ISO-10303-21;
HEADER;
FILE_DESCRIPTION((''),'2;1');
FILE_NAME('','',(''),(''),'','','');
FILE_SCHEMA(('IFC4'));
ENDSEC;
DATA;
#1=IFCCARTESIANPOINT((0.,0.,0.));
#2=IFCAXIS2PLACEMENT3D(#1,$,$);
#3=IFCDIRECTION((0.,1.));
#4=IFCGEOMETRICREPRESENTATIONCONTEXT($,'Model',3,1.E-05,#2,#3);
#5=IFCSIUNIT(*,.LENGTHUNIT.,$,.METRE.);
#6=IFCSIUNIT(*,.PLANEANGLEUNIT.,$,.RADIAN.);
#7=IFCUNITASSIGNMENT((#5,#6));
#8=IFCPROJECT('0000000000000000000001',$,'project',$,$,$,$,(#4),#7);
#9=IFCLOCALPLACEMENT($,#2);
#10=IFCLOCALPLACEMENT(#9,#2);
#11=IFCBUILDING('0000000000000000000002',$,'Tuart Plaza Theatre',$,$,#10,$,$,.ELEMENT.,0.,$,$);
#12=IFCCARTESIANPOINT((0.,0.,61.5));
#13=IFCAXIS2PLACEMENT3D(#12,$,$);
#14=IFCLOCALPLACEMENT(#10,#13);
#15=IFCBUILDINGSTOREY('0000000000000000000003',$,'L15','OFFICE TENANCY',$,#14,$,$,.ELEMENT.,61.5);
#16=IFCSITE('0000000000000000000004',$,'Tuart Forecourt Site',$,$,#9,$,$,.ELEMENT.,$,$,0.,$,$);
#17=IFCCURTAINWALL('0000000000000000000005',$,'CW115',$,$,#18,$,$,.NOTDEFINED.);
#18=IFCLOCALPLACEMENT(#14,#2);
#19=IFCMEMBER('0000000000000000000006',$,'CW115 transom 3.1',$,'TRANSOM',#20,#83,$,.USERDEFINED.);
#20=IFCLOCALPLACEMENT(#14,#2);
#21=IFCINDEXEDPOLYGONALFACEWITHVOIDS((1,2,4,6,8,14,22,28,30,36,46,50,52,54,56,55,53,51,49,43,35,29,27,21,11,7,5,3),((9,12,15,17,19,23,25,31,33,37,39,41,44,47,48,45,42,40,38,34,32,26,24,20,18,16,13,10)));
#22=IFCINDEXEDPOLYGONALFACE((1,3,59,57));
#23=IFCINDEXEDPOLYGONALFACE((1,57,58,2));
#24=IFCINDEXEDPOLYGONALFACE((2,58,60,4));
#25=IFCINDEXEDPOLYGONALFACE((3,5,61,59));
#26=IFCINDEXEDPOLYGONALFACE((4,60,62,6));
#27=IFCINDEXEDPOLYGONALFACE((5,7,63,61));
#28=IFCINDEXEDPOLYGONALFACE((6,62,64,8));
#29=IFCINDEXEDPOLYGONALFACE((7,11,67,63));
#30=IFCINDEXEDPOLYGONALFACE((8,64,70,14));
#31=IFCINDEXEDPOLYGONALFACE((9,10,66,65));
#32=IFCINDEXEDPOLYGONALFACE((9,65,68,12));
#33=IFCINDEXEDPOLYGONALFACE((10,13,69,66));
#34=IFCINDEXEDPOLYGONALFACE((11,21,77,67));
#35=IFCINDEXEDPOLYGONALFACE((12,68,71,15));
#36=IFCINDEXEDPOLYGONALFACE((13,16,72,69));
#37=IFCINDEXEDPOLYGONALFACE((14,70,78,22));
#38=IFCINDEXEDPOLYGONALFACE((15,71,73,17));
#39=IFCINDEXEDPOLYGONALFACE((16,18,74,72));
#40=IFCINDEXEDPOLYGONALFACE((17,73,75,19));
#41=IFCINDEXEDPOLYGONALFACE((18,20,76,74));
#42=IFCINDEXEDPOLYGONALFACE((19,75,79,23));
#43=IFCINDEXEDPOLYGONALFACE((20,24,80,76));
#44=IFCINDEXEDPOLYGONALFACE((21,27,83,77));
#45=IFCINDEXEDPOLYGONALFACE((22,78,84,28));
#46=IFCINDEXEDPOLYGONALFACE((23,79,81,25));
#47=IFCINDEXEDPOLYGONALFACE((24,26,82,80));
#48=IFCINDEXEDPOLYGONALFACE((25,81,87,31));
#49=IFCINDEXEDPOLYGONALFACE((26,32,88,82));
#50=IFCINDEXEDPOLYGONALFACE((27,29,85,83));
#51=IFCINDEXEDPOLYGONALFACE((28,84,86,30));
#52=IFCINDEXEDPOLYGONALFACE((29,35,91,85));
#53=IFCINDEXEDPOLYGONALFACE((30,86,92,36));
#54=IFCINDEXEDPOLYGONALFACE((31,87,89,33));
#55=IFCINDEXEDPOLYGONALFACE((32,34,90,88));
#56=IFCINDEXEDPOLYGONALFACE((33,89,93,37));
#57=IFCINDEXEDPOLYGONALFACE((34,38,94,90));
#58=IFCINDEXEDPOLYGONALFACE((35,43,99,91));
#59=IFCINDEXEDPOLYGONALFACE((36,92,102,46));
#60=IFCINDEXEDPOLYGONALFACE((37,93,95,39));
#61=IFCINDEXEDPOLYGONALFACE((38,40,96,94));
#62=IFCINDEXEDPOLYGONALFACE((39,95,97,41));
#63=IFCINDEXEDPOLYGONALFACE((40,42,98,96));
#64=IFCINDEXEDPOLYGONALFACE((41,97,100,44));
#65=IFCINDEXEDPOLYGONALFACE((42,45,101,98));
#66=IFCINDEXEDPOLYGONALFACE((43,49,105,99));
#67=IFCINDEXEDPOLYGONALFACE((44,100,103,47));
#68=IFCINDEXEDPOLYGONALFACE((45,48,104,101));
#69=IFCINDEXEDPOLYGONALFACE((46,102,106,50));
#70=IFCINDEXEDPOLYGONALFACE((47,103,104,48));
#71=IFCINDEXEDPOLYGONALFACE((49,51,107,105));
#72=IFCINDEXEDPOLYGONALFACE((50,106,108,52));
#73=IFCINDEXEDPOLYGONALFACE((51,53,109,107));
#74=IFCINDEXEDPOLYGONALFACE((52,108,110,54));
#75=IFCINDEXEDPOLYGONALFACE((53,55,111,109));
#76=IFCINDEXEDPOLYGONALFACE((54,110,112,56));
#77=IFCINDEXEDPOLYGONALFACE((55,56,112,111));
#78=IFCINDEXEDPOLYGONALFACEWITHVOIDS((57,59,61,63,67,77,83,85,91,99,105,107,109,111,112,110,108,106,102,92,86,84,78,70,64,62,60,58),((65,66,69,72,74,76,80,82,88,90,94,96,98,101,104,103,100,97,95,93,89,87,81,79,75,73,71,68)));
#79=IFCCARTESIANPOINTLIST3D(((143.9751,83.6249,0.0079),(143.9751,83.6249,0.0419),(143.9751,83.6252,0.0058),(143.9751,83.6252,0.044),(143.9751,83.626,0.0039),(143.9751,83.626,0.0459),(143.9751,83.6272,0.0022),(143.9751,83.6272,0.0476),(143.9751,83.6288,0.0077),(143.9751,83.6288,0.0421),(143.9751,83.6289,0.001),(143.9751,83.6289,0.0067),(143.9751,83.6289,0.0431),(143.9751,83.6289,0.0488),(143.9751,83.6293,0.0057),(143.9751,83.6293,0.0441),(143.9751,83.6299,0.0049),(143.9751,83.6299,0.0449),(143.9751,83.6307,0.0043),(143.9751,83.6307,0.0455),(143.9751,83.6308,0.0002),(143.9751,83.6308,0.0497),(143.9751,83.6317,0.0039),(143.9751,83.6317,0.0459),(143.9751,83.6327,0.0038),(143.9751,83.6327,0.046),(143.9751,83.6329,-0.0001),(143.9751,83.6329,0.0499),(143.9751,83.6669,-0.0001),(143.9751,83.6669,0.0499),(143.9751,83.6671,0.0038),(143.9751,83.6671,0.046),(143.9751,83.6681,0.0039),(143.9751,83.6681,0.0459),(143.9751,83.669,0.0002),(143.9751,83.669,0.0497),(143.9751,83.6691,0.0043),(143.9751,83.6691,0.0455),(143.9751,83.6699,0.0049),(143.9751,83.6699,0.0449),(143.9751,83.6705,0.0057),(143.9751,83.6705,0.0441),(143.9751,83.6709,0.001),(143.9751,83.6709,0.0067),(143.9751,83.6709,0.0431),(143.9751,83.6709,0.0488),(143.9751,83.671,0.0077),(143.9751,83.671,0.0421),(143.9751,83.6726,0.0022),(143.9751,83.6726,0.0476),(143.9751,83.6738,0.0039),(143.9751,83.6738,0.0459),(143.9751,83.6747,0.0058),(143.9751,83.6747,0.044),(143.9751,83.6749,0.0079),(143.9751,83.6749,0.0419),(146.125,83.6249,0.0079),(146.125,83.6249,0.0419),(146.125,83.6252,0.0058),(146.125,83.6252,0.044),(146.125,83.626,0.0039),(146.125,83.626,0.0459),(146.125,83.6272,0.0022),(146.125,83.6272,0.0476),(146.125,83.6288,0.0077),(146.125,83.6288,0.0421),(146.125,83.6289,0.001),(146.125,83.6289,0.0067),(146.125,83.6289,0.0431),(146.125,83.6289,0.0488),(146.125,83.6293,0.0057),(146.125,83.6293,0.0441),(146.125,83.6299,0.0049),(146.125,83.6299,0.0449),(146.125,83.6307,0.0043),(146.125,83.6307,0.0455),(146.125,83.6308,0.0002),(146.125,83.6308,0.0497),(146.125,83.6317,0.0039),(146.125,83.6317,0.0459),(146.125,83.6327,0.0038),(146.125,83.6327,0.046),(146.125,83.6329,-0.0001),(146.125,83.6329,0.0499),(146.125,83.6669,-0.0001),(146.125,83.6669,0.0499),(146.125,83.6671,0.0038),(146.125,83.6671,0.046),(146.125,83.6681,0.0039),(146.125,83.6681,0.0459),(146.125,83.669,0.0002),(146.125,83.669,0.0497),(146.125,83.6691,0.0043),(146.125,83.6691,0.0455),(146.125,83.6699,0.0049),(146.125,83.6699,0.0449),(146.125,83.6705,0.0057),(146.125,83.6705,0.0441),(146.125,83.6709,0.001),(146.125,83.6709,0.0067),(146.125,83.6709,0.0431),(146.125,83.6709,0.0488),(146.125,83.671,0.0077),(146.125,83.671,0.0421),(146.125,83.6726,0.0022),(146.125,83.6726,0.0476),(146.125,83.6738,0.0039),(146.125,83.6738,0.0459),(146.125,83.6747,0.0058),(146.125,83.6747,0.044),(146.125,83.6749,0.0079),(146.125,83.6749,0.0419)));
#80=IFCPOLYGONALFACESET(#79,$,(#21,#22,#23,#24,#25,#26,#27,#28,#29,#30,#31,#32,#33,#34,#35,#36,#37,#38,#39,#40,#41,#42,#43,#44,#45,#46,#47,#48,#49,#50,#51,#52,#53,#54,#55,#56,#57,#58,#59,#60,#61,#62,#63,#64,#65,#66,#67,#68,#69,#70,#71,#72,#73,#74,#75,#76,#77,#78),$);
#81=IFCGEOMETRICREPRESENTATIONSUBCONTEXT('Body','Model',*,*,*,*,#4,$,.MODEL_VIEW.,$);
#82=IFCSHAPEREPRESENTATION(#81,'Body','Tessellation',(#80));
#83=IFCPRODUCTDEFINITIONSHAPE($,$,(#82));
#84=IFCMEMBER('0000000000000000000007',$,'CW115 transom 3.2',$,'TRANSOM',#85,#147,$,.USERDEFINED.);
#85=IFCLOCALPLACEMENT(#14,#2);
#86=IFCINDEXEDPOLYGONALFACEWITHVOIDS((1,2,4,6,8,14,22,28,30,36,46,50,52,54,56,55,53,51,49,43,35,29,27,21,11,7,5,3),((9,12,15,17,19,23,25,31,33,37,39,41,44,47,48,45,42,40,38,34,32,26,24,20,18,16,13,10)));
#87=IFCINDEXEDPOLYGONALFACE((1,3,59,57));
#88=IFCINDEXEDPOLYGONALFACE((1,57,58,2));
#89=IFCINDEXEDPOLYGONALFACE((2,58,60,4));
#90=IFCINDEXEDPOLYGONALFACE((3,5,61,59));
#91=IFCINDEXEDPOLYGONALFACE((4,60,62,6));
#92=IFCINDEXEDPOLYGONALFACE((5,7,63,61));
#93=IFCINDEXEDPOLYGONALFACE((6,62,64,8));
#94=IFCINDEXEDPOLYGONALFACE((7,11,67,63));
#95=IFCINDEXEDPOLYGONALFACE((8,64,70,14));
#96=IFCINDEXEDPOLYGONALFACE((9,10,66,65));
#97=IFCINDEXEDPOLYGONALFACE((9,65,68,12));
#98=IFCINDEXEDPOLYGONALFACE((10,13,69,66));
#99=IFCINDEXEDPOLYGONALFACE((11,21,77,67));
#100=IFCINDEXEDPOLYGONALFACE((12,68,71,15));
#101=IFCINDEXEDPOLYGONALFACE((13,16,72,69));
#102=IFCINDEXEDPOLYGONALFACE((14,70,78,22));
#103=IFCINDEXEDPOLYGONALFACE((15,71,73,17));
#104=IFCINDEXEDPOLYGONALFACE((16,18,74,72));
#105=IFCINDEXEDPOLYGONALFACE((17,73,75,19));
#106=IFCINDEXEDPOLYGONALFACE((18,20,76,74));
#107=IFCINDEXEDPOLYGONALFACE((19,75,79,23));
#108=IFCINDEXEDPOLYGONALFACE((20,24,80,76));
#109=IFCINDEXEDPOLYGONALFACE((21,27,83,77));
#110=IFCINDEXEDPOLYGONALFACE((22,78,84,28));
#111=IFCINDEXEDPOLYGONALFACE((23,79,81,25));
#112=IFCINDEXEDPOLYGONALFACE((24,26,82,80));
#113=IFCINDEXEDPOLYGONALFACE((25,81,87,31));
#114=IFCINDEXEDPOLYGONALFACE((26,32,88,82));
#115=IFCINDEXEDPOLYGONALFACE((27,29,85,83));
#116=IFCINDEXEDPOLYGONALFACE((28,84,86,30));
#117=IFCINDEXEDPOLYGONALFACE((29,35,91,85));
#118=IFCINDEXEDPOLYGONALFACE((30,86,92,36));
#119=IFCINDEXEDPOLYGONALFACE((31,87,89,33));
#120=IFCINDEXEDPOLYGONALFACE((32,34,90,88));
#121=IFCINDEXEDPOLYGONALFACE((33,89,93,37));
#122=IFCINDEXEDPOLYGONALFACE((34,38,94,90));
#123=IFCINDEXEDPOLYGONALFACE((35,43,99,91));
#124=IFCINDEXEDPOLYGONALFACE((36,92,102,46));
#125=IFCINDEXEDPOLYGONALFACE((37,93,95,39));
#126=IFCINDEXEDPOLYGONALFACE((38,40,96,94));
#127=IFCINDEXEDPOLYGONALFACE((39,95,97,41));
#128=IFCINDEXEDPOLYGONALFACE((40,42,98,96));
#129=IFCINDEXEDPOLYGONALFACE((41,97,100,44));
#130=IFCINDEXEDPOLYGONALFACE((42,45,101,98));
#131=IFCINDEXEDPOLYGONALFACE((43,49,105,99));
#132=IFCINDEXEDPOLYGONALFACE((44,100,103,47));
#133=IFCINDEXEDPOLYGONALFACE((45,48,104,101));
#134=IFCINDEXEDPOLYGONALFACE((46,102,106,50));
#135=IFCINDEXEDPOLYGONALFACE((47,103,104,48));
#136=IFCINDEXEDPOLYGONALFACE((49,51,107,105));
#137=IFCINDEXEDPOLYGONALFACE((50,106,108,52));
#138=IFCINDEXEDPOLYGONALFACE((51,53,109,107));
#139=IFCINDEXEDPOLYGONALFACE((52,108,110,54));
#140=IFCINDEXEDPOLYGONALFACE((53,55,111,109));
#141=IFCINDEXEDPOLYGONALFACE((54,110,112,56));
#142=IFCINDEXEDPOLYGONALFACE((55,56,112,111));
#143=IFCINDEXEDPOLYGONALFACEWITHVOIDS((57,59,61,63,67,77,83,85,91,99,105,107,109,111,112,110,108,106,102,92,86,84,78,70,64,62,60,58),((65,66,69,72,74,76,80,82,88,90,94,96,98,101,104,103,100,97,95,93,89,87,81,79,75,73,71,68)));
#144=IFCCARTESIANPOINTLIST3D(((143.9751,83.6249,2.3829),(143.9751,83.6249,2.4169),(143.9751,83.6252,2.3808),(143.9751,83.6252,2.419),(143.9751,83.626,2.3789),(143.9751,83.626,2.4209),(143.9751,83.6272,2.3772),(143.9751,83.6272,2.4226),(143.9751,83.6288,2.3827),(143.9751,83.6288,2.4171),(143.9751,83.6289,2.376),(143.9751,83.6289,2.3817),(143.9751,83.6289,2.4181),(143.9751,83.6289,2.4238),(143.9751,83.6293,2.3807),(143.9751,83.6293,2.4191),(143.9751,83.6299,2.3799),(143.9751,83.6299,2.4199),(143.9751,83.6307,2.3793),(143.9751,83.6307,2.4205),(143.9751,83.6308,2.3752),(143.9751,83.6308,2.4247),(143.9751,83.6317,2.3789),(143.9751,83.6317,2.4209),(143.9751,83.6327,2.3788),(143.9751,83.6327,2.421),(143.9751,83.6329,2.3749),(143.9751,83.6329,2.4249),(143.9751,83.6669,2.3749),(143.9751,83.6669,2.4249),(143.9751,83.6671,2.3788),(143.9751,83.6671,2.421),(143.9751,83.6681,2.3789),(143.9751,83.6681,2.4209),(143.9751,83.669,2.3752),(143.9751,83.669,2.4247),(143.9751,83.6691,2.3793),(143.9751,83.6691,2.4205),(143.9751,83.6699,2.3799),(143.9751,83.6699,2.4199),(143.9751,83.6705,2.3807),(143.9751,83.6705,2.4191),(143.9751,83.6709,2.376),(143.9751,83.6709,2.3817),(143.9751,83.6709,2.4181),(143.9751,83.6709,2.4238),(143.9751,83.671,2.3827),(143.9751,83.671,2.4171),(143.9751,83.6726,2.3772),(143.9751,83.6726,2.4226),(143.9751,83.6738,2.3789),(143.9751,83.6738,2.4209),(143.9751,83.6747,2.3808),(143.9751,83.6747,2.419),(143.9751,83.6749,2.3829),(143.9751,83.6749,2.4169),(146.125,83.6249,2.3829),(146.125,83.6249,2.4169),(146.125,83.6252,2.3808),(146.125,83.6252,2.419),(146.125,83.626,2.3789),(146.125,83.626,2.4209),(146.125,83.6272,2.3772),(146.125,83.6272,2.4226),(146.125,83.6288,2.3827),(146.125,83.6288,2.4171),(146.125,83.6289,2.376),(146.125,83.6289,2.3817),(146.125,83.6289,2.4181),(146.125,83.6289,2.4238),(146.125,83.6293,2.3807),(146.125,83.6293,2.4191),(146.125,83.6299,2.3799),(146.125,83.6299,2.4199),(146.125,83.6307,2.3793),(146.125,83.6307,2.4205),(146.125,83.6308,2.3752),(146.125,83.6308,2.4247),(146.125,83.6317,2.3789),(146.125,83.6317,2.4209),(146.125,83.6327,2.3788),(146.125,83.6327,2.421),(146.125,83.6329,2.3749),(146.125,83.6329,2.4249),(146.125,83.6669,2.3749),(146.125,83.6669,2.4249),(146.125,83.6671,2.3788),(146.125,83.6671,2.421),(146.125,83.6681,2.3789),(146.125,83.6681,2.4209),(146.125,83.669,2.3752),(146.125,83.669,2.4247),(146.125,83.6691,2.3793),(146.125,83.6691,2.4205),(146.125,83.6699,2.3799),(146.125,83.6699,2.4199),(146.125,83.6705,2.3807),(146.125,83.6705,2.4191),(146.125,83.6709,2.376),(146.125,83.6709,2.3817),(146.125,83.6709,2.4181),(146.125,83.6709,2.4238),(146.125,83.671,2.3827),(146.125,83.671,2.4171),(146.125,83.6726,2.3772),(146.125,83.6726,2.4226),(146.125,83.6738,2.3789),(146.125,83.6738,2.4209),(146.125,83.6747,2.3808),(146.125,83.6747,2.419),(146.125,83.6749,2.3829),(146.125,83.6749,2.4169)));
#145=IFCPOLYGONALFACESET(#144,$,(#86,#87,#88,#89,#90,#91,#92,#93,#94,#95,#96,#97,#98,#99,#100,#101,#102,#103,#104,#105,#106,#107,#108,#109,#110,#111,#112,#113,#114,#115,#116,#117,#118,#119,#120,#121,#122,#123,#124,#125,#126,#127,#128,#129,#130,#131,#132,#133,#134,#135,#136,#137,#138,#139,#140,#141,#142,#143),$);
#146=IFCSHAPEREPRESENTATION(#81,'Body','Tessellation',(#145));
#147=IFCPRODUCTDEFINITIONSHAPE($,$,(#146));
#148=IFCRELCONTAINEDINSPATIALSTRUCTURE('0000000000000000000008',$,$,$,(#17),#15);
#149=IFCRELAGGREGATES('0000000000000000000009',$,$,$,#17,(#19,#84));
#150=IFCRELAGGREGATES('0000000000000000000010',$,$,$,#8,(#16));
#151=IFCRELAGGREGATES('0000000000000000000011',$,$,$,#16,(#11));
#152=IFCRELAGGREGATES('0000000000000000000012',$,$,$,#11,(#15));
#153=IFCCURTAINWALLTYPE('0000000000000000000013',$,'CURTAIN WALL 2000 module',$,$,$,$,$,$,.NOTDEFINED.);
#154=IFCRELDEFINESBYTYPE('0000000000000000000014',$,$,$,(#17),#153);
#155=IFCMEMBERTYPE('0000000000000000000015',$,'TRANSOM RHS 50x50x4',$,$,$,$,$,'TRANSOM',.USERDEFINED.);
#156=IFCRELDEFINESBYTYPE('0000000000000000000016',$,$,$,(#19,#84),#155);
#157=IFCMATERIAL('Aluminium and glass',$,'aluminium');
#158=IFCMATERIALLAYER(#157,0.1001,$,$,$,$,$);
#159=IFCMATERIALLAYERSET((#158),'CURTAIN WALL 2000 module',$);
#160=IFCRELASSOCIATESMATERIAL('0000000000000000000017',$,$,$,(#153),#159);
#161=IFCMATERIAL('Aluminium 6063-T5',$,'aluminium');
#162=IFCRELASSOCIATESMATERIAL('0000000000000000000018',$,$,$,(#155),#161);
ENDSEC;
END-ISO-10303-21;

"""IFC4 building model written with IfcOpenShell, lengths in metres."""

from ifc_helpers import new_model, si_unit, direction, frame, origin, origin_2d, place, context, subcontext, project, spatial, hollow_rectangle, extrude, material, layer, layer_set, material_profile, profile_set, type_object, element, aggregate, save


model = new_model("IFC4")

# Units and contexts
model_context = context("Model", 3, precision=1e-05, world=origin(), true_north=direction((0.0, 1.0)))
body_context = subcontext(model_context, "Body", "Model", "MODEL_VIEW")
ifc_project = project(units=[si_unit("LENGTHUNIT", "METRE"), si_unit("PLANEANGLEUNIT", "RADIAN")], contexts=[model_context])

# Site, building, storey
site_placement = place(None, origin())
site = spatial("IfcSite", under=ifc_project, at=site_placement, Name="Tuart Forecourt Site", CompositionType="ELEMENT", RefElevation=0.0)
building_placement = place(site_placement, origin())
building = spatial("IfcBuilding", under=site, at=building_placement, Name="Tuart Plaza Theatre", CompositionType="ELEMENT", ElevationOfRefHeight=0.0)
storey_placement = place(building_placement, frame((0.0, 0.0, 61.5)))
storey = spatial("IfcBuildingStorey", under=building, at=storey_placement, Name="L15", Description="OFFICE TENANCY", CompositionType="ELEMENT", Elevation=61.5)

# Curtain wall
ifc_material_1 = material(Name="Aluminium and glass", Category="aluminium")
ifc_layer_1 = layer(ifc_material_1, 0.1001)
ifc_layer_set_1 = layer_set([ifc_layer_1], Name="CURTAIN WALL 2000 module")
curtain_wall_type = type_object("IfcCurtainWallType", Name="CURTAIN WALL 2000 module", PredefinedType="NOTDEFINED", material=ifc_layer_set_1)
curtain_wall_1_placement = place(storey_placement, origin())
curtain_wall_1 = element("IfcCurtainWall", 1, at=curtain_wall_1_placement, inside=storey, type_object=curtain_wall_type, Name="CW115", PredefinedType="NOTDEFINED")

# Members
ifc_material_2 = material(Name="Aluminium 6063-T5", Category="aluminium")
ifc_material_profile_1 = material_profile(ifc_material_2, hollow_rectangle(XDim=0.05, YDim=0.05, WallThickness=0.0039, InnerFilletRadius=0.0039, OuterFilletRadius=0.0081, at=origin_2d()), Name="RHS 50x50x4")
ifc_profile_set_1 = profile_set([ifc_material_profile_1], Name="Aluminium 6063-T5")
member_type_1 = type_object("IfcMemberType", Name="TRANSOM RHS 50x50x4", ElementType="TRANSOM", PredefinedType="USERDEFINED", material=ifc_profile_set_1)
member_1_placement = place(storey_placement, frame((146.125, 83.6499, 0.0249), z_axis=(-1.0, 0.0, 0.0), x_axis=(0.0, -1.0, 0.0)))
member_1 = element("IfcMember", 2, at=member_1_placement, type_object=member_type_1, Name="CW115 transom 3.1", ObjectType="TRANSOM", PredefinedType="USERDEFINED", context=body_context, shape_type="SweptSolid", body=[
    extrude(hollow_rectangle(XDim=0.05, YDim=0.05, WallThickness=0.0039, InnerFilletRadius=0.0039, OuterFilletRadius=0.0081, at=origin_2d()), origin(), (0.0, 0.0, 1.0), 2.1499),
])
member_2_placement = place(storey_placement, frame((146.125, 83.6499, 2.3999), z_axis=(-1.0, 0.0, 0.0), x_axis=(0.0, -1.0, 0.0)))
member_2 = element("IfcMember", 3, at=member_2_placement, type_object=member_type_1, Name="CW115 transom 3.2", ObjectType="TRANSOM", PredefinedType="USERDEFINED", context=body_context, shape_type="SweptSolid", body=[
    extrude(hollow_rectangle(XDim=0.05, YDim=0.05, WallThickness=0.0039, InnerFilletRadius=0.0039, OuterFilletRadius=0.0081, at=origin_2d()), origin(), (0.0, 0.0, 1.0), 2.1499),
])

aggregate(curtain_wall_1, [member_1, member_2])

save(model, "model.ifc")
